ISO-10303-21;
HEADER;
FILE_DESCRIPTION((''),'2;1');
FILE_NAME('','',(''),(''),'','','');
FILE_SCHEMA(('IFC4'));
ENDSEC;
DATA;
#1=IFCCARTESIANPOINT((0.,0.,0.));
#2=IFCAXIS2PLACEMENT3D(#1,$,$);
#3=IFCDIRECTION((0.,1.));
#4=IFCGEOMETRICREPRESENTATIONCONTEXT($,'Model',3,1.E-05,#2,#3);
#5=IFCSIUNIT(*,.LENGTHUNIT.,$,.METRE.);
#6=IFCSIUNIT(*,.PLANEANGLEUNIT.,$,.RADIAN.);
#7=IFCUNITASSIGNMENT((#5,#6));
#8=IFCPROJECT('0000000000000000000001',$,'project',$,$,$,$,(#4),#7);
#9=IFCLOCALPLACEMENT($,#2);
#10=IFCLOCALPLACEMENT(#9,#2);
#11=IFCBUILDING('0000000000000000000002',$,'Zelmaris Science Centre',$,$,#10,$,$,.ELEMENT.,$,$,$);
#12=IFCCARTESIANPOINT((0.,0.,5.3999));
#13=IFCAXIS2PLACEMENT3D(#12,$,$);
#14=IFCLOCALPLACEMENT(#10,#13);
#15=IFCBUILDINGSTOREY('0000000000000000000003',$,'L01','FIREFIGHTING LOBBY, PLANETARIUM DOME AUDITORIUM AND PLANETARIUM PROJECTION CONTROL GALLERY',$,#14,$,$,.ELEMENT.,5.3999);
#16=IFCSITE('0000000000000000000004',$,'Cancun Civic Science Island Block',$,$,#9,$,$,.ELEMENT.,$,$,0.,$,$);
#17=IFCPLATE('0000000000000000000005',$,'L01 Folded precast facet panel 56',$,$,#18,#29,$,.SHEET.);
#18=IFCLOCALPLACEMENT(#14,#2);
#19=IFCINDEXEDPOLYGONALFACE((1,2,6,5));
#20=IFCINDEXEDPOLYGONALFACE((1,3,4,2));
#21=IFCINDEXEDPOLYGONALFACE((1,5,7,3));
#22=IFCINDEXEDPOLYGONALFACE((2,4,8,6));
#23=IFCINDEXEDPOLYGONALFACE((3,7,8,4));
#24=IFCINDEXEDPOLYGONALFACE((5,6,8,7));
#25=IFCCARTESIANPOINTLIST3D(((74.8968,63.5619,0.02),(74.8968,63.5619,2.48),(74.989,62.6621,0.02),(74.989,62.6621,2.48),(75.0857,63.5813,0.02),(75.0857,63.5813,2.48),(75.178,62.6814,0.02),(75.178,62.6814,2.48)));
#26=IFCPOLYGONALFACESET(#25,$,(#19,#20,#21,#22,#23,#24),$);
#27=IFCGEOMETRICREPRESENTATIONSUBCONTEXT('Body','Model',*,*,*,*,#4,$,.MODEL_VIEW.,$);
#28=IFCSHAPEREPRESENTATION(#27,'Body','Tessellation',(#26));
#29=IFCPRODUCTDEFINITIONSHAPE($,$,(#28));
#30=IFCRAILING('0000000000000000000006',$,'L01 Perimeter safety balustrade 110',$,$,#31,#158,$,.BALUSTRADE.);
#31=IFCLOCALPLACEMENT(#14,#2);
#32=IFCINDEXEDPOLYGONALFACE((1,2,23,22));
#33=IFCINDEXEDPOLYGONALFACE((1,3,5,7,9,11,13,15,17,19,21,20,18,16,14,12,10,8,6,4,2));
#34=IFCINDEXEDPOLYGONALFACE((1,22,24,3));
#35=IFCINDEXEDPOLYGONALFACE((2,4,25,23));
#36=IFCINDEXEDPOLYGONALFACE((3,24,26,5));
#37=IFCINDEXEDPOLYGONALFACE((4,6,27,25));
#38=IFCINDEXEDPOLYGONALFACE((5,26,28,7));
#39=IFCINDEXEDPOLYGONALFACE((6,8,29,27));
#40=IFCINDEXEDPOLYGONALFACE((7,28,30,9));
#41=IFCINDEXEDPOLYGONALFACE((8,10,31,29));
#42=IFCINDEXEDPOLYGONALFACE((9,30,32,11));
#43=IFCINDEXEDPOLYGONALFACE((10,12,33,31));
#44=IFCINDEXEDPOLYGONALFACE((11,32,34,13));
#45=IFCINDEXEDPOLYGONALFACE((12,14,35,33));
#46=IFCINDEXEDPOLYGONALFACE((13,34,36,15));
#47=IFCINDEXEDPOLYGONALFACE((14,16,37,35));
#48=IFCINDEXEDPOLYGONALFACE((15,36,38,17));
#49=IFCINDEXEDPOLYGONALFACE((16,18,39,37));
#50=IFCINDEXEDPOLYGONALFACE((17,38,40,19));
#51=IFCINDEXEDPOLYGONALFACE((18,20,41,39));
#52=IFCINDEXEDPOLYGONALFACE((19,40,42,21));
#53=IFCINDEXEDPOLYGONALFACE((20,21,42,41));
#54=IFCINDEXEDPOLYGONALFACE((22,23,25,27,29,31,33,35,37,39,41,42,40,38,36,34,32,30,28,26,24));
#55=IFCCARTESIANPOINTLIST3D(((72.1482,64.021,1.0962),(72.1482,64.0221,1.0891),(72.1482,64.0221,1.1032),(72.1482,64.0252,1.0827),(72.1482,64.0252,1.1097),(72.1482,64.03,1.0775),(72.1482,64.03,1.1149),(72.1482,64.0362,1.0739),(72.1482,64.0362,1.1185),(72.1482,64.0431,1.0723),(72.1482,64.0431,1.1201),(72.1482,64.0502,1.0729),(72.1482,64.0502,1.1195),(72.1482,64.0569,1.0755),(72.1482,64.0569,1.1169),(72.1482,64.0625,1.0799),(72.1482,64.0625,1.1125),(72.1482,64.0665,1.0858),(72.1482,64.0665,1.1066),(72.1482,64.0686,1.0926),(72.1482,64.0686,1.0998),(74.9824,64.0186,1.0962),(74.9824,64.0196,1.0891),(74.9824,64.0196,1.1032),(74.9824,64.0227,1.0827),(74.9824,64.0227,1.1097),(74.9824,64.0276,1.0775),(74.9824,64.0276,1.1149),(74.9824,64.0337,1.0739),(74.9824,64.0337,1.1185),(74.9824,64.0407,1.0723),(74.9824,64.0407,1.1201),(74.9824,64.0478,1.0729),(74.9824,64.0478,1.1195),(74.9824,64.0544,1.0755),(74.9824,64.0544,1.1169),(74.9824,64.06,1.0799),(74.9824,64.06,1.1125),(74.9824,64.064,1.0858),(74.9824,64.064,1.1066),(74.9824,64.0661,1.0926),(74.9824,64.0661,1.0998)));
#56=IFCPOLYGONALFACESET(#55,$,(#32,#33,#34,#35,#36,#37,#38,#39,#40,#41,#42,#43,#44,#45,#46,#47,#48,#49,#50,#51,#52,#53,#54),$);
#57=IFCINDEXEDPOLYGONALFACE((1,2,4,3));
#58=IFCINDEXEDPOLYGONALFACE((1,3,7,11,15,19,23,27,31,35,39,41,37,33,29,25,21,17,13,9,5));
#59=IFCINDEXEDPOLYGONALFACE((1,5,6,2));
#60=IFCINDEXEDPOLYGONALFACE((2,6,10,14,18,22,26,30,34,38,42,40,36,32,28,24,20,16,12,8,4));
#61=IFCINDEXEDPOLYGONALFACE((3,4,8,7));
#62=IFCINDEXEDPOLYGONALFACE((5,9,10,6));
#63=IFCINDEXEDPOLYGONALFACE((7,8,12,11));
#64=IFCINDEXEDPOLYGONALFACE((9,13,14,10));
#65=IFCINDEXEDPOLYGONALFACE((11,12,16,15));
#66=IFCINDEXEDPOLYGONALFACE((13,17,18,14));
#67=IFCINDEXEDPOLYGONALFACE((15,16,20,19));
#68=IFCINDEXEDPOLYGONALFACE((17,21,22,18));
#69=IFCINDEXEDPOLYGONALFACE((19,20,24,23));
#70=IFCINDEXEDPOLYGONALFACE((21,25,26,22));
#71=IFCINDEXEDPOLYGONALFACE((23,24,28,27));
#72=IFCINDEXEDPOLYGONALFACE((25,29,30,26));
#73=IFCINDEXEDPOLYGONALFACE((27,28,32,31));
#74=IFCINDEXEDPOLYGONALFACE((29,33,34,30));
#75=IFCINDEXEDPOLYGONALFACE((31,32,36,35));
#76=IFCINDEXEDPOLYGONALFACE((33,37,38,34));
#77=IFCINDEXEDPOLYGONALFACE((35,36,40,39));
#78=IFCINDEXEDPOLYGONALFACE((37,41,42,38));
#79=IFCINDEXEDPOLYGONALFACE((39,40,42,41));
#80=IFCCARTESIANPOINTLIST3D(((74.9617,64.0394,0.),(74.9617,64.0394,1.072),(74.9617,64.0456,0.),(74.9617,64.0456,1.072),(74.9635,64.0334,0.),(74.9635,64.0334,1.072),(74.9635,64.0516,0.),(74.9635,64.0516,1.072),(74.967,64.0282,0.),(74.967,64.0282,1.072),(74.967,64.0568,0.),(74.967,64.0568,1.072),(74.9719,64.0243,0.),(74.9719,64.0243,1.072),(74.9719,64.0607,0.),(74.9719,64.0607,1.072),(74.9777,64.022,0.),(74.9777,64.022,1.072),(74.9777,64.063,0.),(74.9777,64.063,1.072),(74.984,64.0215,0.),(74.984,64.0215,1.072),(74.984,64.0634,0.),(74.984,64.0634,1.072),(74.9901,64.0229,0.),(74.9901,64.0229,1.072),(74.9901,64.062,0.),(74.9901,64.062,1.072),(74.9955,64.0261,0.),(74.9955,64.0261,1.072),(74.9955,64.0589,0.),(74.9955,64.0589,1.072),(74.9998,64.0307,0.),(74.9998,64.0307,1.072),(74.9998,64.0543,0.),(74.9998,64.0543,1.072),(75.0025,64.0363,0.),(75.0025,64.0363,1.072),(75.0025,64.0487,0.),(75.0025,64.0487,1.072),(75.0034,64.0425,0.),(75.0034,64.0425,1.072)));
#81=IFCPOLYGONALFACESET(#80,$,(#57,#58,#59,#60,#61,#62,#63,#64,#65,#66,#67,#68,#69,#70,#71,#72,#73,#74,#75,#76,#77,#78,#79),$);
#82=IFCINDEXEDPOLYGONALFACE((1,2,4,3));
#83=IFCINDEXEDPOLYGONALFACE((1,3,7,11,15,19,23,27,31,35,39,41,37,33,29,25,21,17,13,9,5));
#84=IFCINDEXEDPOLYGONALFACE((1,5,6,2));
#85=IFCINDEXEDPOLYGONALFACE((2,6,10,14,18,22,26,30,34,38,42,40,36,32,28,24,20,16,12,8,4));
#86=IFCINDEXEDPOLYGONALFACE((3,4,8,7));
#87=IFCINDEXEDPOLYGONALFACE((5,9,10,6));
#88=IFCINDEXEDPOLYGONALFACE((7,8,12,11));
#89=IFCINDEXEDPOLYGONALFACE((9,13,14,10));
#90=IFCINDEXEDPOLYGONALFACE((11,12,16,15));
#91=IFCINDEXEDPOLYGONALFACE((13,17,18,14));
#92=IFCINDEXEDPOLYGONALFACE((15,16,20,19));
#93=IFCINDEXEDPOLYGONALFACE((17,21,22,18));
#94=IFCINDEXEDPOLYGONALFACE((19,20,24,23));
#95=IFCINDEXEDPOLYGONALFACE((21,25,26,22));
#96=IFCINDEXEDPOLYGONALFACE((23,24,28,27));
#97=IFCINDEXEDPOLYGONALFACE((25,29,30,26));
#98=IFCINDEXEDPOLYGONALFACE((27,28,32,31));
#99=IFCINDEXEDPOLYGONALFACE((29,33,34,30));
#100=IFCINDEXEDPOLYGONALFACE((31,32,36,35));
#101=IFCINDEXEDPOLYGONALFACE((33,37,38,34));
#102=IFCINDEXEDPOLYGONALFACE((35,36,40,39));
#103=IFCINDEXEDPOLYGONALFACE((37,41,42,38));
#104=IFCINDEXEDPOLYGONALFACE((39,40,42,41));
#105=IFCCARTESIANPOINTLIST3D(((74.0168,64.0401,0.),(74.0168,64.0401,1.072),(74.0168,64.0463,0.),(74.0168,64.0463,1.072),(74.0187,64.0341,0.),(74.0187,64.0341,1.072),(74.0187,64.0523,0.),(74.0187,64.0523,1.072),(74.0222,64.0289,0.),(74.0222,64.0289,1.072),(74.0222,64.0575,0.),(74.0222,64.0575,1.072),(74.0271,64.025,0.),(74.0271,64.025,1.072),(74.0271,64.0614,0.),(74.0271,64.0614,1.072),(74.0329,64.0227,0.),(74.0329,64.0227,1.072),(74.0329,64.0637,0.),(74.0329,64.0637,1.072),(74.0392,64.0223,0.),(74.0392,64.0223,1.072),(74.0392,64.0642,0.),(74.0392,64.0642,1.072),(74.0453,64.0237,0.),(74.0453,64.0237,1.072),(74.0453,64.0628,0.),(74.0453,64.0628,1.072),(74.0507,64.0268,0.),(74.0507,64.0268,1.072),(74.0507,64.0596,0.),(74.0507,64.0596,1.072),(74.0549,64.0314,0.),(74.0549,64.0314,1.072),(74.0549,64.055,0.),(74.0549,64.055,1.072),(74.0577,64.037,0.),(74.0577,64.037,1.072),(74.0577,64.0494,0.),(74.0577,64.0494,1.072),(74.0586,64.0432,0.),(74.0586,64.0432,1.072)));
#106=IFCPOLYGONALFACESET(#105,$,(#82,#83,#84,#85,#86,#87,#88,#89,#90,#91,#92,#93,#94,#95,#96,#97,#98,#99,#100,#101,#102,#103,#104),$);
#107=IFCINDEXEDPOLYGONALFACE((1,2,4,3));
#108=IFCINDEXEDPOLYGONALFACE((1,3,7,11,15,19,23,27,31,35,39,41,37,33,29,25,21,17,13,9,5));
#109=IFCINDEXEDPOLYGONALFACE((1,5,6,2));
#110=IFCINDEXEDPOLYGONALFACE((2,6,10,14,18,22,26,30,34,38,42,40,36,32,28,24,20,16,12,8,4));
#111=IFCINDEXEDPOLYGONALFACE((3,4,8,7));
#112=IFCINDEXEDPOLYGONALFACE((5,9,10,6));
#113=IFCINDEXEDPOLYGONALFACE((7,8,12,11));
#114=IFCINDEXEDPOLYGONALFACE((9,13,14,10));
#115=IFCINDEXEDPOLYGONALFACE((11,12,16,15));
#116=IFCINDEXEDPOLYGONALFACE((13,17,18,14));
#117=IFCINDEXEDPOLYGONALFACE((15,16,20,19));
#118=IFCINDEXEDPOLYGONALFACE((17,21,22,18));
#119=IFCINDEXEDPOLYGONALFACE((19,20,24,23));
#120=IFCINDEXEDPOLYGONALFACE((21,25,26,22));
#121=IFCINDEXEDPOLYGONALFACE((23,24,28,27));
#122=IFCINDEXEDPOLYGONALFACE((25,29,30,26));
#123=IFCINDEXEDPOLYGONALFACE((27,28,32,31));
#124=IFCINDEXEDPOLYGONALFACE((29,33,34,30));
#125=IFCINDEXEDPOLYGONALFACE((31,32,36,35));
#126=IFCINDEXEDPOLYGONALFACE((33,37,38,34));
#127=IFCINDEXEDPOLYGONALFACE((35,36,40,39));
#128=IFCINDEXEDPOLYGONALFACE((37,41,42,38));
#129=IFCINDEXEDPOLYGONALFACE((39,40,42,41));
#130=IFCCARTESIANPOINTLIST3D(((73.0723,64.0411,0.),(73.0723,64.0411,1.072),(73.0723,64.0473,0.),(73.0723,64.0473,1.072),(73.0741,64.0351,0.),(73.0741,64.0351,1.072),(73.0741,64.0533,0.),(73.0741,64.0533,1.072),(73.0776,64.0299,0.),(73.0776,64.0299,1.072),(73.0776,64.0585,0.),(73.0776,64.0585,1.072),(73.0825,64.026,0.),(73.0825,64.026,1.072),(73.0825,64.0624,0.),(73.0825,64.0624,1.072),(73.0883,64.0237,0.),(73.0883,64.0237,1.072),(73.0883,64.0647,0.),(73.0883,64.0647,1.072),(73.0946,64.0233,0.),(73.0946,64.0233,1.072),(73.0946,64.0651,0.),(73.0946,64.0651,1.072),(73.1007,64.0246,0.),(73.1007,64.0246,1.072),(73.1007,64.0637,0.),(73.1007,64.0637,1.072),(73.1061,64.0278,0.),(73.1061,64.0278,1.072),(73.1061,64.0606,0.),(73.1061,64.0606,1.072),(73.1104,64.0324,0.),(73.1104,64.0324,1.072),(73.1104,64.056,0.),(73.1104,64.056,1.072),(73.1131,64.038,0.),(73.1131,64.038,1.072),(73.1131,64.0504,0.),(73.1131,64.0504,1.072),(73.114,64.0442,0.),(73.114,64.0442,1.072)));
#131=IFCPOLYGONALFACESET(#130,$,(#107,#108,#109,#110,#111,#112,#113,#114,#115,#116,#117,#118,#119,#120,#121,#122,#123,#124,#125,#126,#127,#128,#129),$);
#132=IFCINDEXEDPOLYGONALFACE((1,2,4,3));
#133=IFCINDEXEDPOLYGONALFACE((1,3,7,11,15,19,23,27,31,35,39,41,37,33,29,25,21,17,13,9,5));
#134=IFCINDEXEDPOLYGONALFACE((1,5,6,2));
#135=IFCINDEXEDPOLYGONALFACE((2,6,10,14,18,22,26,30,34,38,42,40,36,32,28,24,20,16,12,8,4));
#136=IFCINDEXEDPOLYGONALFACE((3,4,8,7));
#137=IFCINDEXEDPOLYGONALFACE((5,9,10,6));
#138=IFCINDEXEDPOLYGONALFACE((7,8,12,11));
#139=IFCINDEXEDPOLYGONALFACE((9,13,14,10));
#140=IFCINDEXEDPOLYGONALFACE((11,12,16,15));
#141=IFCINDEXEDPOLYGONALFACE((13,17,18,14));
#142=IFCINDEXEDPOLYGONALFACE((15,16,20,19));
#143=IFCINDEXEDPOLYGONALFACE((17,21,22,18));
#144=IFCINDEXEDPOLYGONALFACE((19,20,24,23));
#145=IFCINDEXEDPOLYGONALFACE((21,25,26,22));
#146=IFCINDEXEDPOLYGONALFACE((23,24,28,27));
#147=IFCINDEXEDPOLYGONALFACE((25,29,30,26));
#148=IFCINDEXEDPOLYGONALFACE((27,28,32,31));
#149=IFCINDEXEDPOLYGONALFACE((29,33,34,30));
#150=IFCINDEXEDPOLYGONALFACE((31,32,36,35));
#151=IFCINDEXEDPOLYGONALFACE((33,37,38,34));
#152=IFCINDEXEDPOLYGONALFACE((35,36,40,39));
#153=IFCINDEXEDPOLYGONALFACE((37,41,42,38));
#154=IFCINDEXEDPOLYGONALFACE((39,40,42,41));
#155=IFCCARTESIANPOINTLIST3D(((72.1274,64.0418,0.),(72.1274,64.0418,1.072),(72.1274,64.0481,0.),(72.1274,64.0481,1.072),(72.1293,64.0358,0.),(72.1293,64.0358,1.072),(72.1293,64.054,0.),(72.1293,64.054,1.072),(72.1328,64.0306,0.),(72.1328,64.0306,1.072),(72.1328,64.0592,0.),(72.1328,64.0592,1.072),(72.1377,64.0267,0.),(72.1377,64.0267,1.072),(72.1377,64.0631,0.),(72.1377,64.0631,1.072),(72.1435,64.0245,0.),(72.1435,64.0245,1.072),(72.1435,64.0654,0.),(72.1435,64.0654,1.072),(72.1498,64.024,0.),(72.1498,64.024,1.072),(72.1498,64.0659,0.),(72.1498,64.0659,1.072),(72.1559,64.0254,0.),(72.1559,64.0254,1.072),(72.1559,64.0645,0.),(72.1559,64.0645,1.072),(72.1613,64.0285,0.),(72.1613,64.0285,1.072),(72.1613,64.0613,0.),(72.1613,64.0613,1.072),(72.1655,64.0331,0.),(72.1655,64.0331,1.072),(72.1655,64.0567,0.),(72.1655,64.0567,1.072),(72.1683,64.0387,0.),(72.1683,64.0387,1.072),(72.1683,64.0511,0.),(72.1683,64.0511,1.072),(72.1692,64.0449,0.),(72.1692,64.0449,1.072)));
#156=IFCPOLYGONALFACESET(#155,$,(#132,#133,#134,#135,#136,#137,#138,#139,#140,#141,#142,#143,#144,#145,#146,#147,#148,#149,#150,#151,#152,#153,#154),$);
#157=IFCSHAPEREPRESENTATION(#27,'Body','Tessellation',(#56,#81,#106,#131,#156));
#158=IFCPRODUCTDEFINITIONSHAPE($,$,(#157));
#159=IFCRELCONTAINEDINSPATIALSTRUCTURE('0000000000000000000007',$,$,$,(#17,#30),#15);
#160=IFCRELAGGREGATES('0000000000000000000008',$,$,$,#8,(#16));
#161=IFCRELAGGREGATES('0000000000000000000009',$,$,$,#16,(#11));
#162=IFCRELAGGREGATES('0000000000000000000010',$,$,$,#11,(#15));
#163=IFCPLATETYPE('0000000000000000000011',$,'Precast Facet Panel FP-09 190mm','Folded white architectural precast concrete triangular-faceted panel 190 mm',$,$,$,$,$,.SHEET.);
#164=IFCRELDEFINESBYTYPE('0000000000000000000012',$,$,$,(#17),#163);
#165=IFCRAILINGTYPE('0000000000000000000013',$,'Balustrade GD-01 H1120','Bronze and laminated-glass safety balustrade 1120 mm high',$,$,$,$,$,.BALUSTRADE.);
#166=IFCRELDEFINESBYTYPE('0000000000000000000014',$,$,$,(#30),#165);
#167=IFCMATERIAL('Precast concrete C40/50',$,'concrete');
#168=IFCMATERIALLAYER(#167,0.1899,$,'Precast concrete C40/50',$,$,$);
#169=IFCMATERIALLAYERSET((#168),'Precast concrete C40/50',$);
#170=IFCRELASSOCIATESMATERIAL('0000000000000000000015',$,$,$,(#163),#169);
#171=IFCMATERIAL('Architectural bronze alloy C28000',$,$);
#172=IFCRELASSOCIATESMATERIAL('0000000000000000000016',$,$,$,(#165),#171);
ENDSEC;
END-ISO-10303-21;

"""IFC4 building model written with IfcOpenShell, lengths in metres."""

from ifc_helpers import new_model, si_unit, direction, frame, frame_2d, origin, origin_2d, place, context, subcontext, project, spatial, rectangle, circle, extrude, material, layer, layer_set, type_object, element, save


model = new_model("IFC4")

# Units and contexts
model_context = context("Model", 3, precision=1e-05, world=origin(), true_north=direction((0.0, 1.0)))
body_context = subcontext(model_context, "Body", "Model", "MODEL_VIEW")
ifc_project = project(units=[si_unit("LENGTHUNIT", "METRE"), si_unit("PLANEANGLEUNIT", "RADIAN")], contexts=[model_context])

# Site, building, storey
site_placement = place(None, origin())
site = spatial("IfcSite", under=ifc_project, at=site_placement, Name="Cancun Civic Science Island Block", CompositionType="ELEMENT", RefElevation=0.0)
building_placement = place(site_placement, origin())
building = spatial("IfcBuilding", under=site, at=building_placement, Name="Zelmaris Science Centre", CompositionType="ELEMENT")
storey_placement = place(building_placement, frame((0.0, 0.0, 5.3999)))
storey = spatial("IfcBuildingStorey", under=building, at=storey_placement, Name="L01", Description="FIREFIGHTING LOBBY, PLANETARIUM DOME AUDITORIUM AND PLANETARIUM PROJECTION CONTROL GALLERY", CompositionType="ELEMENT", Elevation=5.3999)

# Plate
ifc_material_1 = material(Name="Precast concrete C40/50", Category="concrete")
ifc_layer_1 = layer(ifc_material_1, 0.1899, Name="Precast concrete C40/50")
ifc_layer_set_1 = layer_set([ifc_layer_1], Name="Precast concrete C40/50")
plate_type_1 = type_object("IfcPlateType", Name="Precast Facet Panel FP-09 190mm", Description="Folded white architectural precast concrete triangular-faceted panel 190 mm", PredefinedType="SHEET", material=ifc_layer_set_1)
plate_1_placement = place(storey_placement, frame((75.0835, 62.6719, 0.02), z_axis=(0.0, 0.0, 1.0), x_axis=(-0.102015, 0.994783, 0.0)))
element("IfcPlate", 1, at=plate_1_placement, inside=storey, type_object=plate_type_1, Name="L01 Folded precast facet panel 56", PredefinedType="SHEET", context=body_context, shape_type="SweptSolid", body=[
    extrude(rectangle(XDim=0.9045, YDim=0.1899, at=frame_2d((0.4521, 0.0))), origin(), (0.0, 0.0, 1.0), 2.46),
])

# Railing
ifc_material_2 = material(Name="Architectural bronze alloy C28000")
railing_type = type_object("IfcRailingType", Name="Balustrade GD-01 H1120", Description="Bronze and laminated-glass safety balustrade 1120 mm high", PredefinedType="BALUSTRADE", material=ifc_material_2)
railing_placement = place(storey_placement, frame((74.9824, 64.0425, 0.0)))
element("IfcRailing", 2, at=railing_placement, inside=storey, type_object=railing_type, Name="L01 Perimeter safety balustrade 110", PredefinedType="BALUSTRADE", context=body_context, shape_type="SweptSolid", body=[
    extrude(circle(Radius=0.0239, at=origin_2d()), frame((0.0, 0.0, 1.0962), z_axis=(-1.0, 0.000861, 0.0), x_axis=(-0.000861, -1.0, 0.0)), (0.0, 0.0, 1.0), 2.8342),
    extrude(circle(Radius=0.021, at=origin_2d()), origin(), (0.0, 0.0, 1.0), 1.072),
    extrude(circle(Radius=0.021, at=origin_2d()), frame((-0.9448, 0.0007, 0.0)), (0.0, 0.0, 1.0), 1.072),
    extrude(circle(Radius=0.021, at=origin_2d()), frame((-1.8894, 0.0017, 0.0)), (0.0, 0.0, 1.0), 1.072),
    extrude(circle(Radius=0.021, at=origin_2d()), frame((-2.8342, 0.0024, 0.0)), (0.0, 0.0, 1.0), 1.072),
])

save(model, "model.ifc")
